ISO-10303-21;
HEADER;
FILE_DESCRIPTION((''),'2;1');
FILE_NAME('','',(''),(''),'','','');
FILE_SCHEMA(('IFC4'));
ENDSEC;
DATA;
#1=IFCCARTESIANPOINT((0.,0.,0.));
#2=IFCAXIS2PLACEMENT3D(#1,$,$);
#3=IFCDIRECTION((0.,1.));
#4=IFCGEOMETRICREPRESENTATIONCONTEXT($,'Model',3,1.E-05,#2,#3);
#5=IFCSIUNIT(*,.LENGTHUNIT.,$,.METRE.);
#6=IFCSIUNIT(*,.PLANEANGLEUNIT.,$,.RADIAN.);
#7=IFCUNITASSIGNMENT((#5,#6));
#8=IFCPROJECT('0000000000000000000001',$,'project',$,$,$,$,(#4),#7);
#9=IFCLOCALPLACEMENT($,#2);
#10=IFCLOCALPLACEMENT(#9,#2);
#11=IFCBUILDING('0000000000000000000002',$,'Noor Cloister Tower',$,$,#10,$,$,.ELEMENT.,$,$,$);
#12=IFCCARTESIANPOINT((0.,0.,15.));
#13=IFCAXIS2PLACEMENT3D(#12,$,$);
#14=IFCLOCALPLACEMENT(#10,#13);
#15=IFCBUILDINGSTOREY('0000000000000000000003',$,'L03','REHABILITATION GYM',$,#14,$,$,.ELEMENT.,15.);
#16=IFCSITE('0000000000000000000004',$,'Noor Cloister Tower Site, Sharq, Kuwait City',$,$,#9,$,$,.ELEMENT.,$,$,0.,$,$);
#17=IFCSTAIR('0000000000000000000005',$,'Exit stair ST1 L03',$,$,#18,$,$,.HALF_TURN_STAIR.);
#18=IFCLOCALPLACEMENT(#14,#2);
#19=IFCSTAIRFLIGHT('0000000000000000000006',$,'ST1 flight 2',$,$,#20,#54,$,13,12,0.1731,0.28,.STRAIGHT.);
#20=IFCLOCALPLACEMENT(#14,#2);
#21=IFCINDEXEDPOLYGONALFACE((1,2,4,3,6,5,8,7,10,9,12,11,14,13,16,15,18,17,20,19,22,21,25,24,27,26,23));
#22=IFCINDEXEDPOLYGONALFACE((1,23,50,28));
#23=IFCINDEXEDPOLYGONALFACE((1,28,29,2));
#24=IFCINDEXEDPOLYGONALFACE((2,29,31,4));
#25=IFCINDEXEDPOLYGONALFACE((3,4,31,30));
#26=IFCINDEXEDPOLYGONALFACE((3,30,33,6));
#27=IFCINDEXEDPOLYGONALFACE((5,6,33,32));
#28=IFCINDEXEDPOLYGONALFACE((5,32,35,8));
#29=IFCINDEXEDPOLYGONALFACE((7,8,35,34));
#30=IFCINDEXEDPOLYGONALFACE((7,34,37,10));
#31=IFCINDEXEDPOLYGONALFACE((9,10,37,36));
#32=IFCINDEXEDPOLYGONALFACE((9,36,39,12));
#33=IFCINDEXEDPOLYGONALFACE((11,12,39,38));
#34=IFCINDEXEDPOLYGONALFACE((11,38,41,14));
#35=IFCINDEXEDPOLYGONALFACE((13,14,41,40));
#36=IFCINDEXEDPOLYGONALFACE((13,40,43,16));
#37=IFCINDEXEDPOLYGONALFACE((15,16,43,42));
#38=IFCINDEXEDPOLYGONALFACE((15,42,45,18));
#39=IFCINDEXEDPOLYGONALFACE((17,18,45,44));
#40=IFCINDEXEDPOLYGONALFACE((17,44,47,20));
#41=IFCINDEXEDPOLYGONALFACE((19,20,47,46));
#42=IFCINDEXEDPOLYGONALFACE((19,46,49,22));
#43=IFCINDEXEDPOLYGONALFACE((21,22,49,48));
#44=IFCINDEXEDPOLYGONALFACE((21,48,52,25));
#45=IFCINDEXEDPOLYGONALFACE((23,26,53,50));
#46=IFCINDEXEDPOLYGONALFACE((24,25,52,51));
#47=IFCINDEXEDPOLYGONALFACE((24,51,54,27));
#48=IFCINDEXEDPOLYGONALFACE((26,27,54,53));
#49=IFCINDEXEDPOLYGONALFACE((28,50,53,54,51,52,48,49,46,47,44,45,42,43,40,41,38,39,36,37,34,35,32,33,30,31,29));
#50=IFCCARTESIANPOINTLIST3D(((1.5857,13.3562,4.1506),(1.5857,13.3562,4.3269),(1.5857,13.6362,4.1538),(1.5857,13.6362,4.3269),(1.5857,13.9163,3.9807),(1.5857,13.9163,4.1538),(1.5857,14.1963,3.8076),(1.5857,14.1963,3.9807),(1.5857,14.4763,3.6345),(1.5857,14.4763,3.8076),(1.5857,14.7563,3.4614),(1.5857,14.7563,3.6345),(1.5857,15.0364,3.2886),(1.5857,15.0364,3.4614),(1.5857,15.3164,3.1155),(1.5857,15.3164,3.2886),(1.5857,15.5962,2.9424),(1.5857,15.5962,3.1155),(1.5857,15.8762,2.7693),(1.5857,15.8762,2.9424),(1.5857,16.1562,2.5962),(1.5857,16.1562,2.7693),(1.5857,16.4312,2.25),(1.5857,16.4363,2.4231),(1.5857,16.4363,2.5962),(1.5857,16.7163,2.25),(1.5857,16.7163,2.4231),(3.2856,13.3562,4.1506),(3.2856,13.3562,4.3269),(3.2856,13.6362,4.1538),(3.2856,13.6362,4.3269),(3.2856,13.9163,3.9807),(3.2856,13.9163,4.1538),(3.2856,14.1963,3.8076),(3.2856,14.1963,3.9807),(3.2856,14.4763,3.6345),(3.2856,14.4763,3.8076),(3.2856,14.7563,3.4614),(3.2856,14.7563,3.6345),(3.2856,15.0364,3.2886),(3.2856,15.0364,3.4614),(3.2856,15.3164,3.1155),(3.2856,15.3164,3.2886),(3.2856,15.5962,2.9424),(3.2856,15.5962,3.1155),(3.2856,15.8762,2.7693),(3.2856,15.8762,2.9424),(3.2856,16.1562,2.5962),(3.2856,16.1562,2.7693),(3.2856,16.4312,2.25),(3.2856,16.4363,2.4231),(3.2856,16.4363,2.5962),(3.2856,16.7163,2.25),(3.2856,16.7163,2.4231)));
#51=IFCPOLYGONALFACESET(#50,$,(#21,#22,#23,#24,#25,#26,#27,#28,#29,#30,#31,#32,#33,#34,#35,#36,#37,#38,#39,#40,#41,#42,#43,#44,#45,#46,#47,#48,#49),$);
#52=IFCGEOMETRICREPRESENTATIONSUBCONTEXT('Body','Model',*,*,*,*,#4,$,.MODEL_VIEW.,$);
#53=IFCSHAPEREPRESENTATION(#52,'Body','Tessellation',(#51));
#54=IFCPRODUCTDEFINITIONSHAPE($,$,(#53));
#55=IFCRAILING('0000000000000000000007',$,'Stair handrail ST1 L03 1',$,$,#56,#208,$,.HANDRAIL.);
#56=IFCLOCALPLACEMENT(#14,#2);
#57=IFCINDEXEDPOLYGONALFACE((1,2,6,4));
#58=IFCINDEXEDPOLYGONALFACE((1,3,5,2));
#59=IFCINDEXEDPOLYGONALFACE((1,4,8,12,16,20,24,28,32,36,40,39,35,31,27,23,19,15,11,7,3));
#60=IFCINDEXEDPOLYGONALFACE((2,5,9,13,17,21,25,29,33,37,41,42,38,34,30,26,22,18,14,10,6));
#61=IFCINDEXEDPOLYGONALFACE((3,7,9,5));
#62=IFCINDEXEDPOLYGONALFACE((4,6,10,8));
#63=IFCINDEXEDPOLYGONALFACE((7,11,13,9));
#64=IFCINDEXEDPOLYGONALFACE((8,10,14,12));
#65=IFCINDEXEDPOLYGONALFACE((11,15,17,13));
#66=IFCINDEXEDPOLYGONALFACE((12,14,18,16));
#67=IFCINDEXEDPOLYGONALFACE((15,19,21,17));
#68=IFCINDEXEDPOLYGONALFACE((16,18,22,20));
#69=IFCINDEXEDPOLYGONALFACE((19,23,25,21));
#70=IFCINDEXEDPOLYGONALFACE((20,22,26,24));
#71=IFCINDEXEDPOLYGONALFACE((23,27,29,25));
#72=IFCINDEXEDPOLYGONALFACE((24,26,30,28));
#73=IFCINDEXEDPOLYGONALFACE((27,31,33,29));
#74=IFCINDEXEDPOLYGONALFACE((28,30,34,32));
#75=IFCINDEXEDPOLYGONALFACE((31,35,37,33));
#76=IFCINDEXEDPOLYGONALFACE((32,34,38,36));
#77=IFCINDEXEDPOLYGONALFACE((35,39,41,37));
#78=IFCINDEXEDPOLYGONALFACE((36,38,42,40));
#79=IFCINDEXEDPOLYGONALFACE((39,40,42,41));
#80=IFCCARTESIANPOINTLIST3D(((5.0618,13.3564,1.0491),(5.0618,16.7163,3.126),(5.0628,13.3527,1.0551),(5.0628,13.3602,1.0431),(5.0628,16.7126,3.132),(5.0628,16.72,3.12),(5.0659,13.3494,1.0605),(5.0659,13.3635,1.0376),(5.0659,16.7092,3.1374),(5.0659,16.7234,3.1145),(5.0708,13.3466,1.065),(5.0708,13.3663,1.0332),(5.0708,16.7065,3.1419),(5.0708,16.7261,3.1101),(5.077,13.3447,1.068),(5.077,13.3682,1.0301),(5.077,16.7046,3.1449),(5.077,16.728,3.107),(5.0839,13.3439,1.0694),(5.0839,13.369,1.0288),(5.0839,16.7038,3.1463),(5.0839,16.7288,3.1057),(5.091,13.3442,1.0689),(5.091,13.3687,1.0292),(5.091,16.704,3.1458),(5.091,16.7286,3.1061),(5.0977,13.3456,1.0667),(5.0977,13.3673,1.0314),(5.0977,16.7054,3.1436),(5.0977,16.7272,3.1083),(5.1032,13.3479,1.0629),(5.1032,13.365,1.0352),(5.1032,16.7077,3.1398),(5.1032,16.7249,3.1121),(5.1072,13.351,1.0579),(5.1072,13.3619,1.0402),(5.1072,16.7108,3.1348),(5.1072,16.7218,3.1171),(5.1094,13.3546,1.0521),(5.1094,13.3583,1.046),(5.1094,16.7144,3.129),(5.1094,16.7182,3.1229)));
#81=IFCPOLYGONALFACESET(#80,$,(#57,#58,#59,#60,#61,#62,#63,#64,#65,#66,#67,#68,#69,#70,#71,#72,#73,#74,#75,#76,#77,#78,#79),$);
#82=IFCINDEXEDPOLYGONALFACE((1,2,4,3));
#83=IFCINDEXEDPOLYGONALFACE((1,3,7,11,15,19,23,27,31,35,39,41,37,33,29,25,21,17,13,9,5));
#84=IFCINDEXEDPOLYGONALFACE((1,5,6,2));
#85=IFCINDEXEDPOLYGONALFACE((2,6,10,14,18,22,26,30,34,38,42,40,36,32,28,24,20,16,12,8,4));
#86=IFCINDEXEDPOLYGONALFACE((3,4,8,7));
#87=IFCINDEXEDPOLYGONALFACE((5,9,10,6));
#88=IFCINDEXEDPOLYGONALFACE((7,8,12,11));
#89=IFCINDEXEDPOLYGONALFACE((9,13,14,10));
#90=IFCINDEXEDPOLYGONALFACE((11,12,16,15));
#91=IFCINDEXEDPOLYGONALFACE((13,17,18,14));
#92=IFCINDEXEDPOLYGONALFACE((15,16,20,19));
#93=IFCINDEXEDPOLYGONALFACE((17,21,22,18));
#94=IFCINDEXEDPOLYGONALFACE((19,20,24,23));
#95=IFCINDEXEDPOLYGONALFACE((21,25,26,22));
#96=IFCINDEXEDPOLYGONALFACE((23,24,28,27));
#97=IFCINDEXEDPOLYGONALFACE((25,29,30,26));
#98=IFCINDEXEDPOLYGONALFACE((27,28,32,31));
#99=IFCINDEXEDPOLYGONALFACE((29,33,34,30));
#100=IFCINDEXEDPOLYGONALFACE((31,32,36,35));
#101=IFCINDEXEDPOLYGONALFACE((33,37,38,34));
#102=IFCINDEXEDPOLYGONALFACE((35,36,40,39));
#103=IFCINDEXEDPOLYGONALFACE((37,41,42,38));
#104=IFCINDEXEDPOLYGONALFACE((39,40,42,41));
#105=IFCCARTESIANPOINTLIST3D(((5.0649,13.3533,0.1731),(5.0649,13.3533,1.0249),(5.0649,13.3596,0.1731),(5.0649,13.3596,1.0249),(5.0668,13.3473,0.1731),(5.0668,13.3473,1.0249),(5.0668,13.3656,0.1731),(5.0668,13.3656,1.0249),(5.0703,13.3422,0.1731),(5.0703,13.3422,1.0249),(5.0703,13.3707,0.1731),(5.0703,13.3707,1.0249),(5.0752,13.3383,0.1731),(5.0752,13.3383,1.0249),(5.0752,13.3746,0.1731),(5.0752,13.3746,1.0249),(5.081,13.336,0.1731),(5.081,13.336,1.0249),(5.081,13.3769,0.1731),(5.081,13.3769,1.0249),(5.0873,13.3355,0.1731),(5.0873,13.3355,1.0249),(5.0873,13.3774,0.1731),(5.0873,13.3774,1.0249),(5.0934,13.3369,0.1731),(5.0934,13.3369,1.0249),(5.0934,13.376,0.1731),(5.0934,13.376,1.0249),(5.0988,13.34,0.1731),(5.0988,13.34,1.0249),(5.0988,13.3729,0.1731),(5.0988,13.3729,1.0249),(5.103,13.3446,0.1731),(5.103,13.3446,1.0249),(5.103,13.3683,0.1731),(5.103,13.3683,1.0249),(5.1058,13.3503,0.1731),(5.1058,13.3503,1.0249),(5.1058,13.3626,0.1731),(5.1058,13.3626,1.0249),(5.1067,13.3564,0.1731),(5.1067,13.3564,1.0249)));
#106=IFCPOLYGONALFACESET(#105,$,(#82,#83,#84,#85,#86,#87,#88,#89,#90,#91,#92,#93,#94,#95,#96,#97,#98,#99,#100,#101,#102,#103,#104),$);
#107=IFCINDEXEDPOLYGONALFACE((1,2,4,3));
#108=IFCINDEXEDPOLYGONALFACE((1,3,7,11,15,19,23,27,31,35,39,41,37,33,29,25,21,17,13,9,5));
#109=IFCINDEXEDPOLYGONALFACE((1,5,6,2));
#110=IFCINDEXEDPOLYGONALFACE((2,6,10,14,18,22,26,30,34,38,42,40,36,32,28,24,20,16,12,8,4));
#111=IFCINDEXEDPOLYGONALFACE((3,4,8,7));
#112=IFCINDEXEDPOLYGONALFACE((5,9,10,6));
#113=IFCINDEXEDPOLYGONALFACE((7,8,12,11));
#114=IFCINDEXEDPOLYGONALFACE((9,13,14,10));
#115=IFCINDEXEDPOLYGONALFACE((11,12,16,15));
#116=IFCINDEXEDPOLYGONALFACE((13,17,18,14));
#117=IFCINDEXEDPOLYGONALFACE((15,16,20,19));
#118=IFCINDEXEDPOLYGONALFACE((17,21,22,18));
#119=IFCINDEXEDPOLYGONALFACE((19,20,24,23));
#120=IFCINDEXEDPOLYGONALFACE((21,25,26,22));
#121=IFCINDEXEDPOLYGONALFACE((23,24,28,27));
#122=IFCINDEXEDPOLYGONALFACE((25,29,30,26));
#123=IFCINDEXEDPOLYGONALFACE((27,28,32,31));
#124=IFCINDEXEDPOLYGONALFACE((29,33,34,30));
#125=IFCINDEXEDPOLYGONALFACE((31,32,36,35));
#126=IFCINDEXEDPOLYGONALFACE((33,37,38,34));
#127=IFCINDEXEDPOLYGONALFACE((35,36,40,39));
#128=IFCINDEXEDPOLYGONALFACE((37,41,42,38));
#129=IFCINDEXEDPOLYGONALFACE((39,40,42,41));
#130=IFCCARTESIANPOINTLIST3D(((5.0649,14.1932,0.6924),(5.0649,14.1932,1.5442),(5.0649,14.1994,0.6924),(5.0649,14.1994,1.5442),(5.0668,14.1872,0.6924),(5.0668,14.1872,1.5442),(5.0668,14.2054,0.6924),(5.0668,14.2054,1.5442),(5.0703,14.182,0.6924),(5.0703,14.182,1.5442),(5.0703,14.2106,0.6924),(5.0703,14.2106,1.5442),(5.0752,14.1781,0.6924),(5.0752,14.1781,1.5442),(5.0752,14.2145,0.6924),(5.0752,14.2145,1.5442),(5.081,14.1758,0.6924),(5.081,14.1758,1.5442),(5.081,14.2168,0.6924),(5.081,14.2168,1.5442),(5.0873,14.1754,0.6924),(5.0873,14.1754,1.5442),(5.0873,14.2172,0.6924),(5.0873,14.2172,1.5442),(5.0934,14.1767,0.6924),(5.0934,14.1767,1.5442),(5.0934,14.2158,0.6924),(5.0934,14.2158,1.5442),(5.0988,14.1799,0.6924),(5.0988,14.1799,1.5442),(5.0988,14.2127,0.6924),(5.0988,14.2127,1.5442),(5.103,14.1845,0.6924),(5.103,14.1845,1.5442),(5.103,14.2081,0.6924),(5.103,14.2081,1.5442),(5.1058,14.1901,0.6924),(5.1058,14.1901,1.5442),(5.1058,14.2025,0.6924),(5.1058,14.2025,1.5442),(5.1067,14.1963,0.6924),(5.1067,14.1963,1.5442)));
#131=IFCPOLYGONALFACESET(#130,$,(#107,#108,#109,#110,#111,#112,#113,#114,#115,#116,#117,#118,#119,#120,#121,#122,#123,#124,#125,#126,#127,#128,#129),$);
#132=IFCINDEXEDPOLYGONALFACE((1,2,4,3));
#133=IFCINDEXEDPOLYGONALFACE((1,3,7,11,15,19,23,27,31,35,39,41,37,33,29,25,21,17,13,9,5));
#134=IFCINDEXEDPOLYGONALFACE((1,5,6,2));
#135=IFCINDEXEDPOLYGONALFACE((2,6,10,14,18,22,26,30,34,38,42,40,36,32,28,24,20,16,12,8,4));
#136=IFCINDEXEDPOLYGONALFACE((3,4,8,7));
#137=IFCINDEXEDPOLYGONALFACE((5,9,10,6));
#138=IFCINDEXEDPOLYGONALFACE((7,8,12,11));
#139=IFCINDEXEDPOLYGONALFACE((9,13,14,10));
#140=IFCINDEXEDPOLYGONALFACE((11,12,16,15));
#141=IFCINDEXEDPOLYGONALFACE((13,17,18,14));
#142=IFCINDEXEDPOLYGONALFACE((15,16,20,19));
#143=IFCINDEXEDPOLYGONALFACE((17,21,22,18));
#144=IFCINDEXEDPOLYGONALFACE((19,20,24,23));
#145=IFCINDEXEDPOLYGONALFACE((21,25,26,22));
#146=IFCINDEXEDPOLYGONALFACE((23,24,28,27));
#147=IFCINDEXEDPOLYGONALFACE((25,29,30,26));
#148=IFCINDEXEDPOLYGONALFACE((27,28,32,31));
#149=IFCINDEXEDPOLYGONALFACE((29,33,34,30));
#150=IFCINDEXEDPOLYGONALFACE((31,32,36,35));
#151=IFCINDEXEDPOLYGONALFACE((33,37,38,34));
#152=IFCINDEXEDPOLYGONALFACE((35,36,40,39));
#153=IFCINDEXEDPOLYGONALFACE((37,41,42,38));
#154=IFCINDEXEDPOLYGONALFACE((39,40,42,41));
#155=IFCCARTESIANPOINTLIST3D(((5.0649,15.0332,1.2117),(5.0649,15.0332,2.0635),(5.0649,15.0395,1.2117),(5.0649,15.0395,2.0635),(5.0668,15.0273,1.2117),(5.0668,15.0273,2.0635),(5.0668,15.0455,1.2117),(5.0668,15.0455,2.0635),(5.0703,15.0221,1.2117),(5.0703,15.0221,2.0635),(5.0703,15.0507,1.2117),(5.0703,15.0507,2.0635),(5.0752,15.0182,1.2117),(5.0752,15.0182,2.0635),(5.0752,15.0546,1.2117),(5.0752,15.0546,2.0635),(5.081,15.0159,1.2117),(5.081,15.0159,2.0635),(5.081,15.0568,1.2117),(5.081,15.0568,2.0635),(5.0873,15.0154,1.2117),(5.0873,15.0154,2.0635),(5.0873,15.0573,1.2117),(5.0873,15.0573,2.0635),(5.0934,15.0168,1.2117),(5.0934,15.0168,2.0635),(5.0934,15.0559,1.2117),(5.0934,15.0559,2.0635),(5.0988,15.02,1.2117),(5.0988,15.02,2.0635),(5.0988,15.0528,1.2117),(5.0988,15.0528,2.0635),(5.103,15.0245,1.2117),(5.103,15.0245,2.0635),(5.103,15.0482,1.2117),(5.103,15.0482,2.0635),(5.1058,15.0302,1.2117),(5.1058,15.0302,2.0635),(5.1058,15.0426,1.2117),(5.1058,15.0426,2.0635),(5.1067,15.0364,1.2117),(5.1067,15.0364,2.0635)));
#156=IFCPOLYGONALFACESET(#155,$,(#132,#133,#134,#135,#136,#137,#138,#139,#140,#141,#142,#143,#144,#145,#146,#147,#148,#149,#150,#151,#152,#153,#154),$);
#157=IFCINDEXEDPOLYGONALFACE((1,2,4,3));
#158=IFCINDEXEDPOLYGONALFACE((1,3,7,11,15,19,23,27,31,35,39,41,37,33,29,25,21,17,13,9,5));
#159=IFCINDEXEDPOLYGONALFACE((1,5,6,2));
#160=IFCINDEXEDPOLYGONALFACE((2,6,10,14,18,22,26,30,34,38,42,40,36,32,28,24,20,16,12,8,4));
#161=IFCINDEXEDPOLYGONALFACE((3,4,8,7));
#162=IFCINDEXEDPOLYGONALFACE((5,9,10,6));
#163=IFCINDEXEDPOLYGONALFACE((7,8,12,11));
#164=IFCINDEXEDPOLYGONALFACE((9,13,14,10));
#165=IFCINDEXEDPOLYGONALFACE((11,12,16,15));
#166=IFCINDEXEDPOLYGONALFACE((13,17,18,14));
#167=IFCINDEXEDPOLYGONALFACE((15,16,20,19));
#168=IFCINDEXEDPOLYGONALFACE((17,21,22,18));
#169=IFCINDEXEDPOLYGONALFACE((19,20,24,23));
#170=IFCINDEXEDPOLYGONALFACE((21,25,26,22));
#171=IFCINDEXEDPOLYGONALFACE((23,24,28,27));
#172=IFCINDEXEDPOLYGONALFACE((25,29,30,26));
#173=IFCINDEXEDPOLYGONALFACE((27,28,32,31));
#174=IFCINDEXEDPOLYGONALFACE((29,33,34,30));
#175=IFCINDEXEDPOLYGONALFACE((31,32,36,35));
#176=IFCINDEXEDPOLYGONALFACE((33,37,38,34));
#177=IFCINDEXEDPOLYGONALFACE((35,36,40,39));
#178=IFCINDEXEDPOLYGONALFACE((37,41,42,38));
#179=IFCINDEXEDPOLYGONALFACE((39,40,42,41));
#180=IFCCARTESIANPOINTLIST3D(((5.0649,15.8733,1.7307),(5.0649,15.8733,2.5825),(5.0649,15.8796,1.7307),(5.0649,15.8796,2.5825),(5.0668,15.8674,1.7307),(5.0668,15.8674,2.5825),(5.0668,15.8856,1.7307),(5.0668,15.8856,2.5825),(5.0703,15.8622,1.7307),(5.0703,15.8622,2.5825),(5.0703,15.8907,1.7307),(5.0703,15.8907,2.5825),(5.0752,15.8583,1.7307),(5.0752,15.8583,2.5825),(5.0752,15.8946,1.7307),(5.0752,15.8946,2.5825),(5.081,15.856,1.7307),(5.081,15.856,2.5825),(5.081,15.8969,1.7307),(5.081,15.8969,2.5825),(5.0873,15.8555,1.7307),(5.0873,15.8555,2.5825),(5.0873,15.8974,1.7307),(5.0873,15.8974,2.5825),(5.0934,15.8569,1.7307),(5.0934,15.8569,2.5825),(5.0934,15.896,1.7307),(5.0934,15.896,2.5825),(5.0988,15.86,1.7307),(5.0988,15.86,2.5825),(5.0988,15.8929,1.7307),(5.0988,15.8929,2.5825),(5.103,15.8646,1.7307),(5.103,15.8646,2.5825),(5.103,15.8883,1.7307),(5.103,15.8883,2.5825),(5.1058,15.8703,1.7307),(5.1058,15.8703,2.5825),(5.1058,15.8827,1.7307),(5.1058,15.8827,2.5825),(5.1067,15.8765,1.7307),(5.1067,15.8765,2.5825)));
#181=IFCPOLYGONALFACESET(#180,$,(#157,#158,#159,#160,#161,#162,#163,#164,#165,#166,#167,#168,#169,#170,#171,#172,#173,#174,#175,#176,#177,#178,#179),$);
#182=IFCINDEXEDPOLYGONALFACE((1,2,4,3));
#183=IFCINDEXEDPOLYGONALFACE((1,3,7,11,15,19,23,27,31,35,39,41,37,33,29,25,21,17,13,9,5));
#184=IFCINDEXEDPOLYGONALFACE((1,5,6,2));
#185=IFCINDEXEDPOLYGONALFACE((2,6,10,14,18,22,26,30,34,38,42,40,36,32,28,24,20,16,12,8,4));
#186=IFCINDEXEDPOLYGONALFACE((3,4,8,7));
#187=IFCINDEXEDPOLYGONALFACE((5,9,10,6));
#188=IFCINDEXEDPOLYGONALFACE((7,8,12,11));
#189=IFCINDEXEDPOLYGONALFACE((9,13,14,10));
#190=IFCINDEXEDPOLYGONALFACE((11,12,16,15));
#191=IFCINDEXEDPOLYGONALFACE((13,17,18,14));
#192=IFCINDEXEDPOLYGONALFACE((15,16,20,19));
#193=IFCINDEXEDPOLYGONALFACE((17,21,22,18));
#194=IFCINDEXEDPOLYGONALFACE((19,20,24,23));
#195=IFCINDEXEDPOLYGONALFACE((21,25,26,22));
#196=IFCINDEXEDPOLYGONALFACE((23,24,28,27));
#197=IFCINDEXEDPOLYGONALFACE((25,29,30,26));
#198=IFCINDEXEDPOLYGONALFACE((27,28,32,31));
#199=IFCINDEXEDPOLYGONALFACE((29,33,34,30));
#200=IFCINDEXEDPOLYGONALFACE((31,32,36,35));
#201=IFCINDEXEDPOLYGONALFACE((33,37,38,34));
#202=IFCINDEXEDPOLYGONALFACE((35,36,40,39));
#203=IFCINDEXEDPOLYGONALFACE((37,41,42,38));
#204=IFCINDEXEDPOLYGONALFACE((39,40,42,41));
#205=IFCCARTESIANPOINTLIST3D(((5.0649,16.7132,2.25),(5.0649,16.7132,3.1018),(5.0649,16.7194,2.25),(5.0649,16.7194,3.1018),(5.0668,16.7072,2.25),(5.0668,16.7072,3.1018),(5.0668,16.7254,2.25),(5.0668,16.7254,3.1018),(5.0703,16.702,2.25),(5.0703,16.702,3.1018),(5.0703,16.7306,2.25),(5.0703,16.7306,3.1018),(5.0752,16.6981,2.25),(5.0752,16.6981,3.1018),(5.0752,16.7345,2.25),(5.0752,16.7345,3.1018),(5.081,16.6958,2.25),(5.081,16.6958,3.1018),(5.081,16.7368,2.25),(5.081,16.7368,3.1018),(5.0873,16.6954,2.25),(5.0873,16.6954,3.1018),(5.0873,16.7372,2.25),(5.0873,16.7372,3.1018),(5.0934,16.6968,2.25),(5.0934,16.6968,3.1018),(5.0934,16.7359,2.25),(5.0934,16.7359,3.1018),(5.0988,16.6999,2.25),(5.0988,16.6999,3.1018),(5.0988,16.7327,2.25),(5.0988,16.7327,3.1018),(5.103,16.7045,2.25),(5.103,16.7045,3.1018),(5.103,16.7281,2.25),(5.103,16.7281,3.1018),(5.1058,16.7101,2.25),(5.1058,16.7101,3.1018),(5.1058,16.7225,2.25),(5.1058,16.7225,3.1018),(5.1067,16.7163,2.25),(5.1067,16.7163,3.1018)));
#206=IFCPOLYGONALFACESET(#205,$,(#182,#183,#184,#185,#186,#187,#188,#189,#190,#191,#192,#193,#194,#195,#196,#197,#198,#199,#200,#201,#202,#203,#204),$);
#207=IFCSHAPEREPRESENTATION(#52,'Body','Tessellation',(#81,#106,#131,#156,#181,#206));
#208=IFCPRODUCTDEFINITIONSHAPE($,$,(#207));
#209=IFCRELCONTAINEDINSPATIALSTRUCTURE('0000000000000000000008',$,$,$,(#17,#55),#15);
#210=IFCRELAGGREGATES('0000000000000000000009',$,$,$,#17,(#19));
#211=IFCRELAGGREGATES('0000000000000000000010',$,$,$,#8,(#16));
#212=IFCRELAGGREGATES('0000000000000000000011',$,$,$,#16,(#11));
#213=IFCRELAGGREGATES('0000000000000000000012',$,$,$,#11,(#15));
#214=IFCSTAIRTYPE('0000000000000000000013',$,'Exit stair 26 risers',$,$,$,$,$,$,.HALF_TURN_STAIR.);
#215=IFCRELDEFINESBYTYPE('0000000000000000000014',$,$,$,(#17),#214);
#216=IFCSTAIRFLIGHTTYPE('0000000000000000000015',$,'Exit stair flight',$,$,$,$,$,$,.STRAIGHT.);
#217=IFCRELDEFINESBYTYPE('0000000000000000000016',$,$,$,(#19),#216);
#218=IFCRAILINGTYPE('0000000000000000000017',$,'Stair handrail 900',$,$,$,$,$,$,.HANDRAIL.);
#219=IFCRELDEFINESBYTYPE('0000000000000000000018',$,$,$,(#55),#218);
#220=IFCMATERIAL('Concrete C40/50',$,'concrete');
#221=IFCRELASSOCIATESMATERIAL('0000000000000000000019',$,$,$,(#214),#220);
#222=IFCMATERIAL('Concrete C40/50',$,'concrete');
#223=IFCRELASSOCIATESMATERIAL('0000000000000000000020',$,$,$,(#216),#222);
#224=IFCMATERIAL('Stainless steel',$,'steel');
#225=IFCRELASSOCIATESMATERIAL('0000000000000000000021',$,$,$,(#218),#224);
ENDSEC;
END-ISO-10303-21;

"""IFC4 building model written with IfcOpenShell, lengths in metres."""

from ifc_helpers import new_model, si_unit, direction, frame, origin, origin_2d, place, context, subcontext, project, spatial, polyline, circle, outline, extrude, material, type_object, element, aggregate, save


model = new_model("IFC4")

# Units and contexts
model_context = context("Model", 3, precision=1e-05, world=origin(), true_north=direction((0.0, 1.0)))
body_context = subcontext(model_context, "Body", "Model", "MODEL_VIEW")
ifc_project = project(units=[si_unit("LENGTHUNIT", "METRE"), si_unit("PLANEANGLEUNIT", "RADIAN")], contexts=[model_context])

# Site, building, storey
site_placement = place(None, origin())
site = spatial("IfcSite", under=ifc_project, at=site_placement, Name="Noor Cloister Tower Site, Sharq, Kuwait City", CompositionType="ELEMENT", RefElevation=0.0)
building_placement = place(site_placement, origin())
building = spatial("IfcBuilding", under=site, at=building_placement, Name="Noor Cloister Tower", CompositionType="ELEMENT")
storey_placement = place(building_placement, frame((0.0, 0.0, 15.0)))
storey = spatial("IfcBuildingStorey", under=building, at=storey_placement, Name="L03", Description="REHABILITATION GYM", CompositionType="ELEMENT", Elevation=15.0)

# Stair, stair flight
ifc_material_1 = material(Name="Concrete C40/50", Category="concrete")
stair_type = type_object("IfcStairType", Name="Exit stair 26 risers", PredefinedType="HALF_TURN_STAIR", material=ifc_material_1)
stair_placement = place(storey_placement, origin())
stair = element("IfcStair", 1, at=stair_placement, inside=storey, type_object=stair_type, Name="Exit stair ST1 L03", PredefinedType="HALF_TURN_STAIR")
ifc_material_2 = material(Name="Concrete C40/50", Category="concrete")
stair_flight_type = type_object("IfcStairFlightType", Name="Exit stair flight", PredefinedType="STRAIGHT", material=ifc_material_2)
stair_flight_1_placement = place(storey_placement, frame((2.4355, 16.7163, 2.25), z_axis=(0.0, 0.0, 1.0), x_axis=(0.0, -1.0, 0.0)))
stair_flight_1 = element("IfcStairFlight", 2, at=stair_flight_1_placement, type_object=stair_flight_type, Name="ST1 flight 2", NumberOfRisers=13, NumberOfTreads=12, PredefinedType="STRAIGHT", RiserHeight=0.1731, TreadLength=0.28, context=body_context, shape_type="SweptSolid", body=[
    extrude(outline(polyline([(0.0, 0.0), (0.0, 0.1731), (0.28, 0.1731), (0.28, 0.3462), (0.5601, 0.3462), (0.5601, 0.5193), (0.8401, 0.5193), (0.8401, 0.6924), (1.1201, 0.6924), (1.1201, 0.8655), (1.3999, 0.8655), (1.3999, 1.0386), (1.6799, 1.0386), (1.6799, 1.2114), (1.96, 1.2114), (1.96, 1.3845), (2.24, 1.3845), (2.24, 1.5576), (2.52, 1.5576), (2.52, 1.7307), (2.8, 1.7307), (2.8, 1.9038), (3.0801, 1.9038), (3.0801, 2.0769), (3.3601, 2.0769), (3.3601, 2.25), (3.3601, 1.9006), (0.2852, 0.0), (0.0, 0.0)])), frame((0.0, 0.8501, 0.0), z_axis=(0.0, -1.0, 0.0), x_axis=(1.0, 0.0, 0.0)), (0.0, 0.0, 1.0), 1.7),
])
aggregate(stair, [stair_flight_1])

# Railing
ifc_material_3 = material(Name="Stainless steel", Category="steel")
railing_type_1 = type_object("IfcRailingType", Name="Stair handrail 900", PredefinedType="HANDRAIL", material=ifc_material_3)
railing_1_placement = place(storey_placement, frame((5.0857, 13.3564, 0.1731)))
element("IfcRailing", 3, at=railing_1_placement, inside=storey, type_object=railing_type_1, Name="Stair handrail ST1 L03 1", PredefinedType="HANDRAIL", context=body_context, shape_type="SweptSolid", body=[
    extrude(circle(Radius=0.0239, at=origin_2d()), frame((0.0, 0.0, 0.876), z_axis=(0.0, 0.850606, 0.525803), x_axis=(-1.0, 0.0, 0.0)), (0.0, 0.0, 1.0), 3.95),
    extrude(circle(Radius=0.021, at=origin_2d()), origin(), (0.0, 0.0, 1.0), 0.8518),
    extrude(circle(Radius=0.021, at=origin_2d()), frame((0.0, 0.8398, 0.5193)), (0.0, 0.0, 1.0), 0.8518),
    extrude(circle(Radius=0.021, at=origin_2d()), frame((0.0, 1.6799, 1.0386)), (0.0, 0.0, 1.0), 0.8518),
    extrude(circle(Radius=0.021, at=origin_2d()), frame((0.0, 2.52, 1.5576)), (0.0, 0.0, 1.0), 0.8518),
    extrude(circle(Radius=0.021, at=origin_2d()), frame((0.0, 3.3599, 2.0769)), (0.0, 0.0, 1.0), 0.8518),
])

save(model, "model.ifc")
